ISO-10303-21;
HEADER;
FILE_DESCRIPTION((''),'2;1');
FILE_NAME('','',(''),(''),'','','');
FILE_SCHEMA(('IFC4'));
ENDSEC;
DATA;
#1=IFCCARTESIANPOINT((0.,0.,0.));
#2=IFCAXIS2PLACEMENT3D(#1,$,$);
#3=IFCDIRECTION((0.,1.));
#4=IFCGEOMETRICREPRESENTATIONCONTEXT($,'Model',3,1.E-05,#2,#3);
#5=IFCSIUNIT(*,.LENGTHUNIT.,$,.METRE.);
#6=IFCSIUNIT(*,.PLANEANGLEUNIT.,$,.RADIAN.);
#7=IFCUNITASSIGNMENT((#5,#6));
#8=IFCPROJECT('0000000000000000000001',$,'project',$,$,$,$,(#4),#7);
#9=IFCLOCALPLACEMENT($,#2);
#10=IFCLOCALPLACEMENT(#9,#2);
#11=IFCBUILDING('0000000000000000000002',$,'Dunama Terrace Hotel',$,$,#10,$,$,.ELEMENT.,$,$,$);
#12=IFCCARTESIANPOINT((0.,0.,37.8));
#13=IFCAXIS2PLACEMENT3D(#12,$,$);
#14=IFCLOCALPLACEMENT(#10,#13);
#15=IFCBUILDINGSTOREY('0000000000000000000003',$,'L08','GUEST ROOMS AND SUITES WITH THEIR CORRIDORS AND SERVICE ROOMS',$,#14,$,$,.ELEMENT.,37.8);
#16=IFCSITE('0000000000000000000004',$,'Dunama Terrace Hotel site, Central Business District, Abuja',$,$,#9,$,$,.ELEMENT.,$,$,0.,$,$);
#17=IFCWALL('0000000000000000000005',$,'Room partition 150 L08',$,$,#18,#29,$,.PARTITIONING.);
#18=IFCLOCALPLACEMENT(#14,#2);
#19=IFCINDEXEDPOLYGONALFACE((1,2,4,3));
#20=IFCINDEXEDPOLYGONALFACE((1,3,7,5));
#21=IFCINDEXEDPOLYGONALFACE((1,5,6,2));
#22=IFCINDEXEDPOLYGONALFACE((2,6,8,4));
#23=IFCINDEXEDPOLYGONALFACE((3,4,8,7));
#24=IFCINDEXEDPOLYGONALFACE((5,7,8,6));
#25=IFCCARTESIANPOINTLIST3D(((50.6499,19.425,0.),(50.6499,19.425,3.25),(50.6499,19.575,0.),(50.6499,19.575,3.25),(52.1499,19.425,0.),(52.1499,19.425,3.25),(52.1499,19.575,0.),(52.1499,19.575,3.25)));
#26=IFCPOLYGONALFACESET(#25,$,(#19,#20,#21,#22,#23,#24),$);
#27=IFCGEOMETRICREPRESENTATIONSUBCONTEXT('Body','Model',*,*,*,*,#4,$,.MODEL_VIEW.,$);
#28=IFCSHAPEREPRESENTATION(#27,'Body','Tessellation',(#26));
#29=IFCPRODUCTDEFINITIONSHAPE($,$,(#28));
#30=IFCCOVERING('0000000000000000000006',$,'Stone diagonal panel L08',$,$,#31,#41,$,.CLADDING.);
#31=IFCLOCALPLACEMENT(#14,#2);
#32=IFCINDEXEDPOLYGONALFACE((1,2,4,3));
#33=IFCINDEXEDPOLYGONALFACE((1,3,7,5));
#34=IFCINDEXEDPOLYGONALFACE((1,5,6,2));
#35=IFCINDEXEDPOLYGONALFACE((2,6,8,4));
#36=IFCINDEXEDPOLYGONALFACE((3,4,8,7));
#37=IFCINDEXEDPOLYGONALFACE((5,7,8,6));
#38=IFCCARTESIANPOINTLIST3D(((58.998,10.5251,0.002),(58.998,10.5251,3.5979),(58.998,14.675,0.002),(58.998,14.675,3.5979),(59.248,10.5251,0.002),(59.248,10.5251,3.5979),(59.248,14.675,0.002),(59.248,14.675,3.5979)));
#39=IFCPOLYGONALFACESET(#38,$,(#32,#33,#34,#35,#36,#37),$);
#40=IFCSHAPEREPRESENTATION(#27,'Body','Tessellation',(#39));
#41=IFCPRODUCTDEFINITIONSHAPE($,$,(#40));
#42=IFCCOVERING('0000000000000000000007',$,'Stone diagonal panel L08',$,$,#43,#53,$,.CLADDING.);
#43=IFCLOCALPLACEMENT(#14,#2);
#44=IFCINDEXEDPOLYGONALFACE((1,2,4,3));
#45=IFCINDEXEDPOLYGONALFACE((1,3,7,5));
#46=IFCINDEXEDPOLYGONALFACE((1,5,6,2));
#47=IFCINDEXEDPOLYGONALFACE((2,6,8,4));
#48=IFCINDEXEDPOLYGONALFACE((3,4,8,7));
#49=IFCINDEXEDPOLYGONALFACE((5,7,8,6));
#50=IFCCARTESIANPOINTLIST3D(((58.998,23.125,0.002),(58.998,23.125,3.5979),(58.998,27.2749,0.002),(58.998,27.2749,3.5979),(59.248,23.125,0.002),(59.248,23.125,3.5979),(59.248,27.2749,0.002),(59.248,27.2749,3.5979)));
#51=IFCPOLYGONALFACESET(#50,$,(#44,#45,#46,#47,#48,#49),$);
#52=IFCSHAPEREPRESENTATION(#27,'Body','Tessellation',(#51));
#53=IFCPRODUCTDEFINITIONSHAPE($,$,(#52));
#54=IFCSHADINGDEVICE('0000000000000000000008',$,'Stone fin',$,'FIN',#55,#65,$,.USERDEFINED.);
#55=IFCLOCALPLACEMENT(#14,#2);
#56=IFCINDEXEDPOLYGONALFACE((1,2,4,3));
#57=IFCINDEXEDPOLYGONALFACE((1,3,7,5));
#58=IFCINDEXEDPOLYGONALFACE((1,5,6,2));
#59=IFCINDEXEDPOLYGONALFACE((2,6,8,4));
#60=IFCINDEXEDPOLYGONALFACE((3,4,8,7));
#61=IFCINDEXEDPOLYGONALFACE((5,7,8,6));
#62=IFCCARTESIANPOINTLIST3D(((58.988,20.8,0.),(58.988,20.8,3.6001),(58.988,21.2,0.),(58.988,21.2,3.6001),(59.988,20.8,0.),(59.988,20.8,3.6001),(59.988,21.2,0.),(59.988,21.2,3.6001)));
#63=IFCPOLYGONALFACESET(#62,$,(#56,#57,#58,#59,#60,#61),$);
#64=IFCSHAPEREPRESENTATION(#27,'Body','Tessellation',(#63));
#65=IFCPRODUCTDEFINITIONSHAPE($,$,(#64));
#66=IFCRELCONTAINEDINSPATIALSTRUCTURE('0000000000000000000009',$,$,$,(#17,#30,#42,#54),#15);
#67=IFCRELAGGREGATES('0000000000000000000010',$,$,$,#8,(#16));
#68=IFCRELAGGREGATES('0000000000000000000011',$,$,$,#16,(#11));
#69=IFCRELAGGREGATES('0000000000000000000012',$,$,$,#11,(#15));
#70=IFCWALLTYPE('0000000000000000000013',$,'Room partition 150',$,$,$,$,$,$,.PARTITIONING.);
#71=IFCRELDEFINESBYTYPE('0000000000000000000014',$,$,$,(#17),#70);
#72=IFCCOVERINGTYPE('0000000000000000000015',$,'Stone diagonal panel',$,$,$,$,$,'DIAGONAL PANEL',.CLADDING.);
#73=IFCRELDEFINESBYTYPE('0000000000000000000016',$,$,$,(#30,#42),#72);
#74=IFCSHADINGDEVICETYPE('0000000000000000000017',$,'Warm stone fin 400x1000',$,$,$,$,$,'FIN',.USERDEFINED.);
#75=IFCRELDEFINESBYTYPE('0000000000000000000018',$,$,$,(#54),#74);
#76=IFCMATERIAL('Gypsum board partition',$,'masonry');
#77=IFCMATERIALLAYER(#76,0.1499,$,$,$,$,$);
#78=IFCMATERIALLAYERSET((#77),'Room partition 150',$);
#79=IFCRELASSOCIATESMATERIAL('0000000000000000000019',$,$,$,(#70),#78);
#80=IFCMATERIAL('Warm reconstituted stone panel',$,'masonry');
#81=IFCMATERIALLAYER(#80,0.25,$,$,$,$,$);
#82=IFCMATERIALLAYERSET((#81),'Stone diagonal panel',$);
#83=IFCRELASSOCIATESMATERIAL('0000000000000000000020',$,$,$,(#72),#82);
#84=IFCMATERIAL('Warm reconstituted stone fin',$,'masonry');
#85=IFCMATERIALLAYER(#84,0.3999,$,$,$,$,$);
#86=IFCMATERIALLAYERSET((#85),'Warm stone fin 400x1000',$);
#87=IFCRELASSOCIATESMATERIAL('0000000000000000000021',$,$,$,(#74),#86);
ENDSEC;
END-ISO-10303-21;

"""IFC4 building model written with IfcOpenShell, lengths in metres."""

from ifc_helpers import new_model, si_unit, direction, frame, frame_2d, origin, origin_2d, place, context, subcontext, project, spatial, rectangle, extrude, material, layer, layer_set, type_object, element, save


model = new_model("IFC4")

# Units and contexts
model_context = context("Model", 3, precision=1e-05, world=origin(), true_north=direction((0.0, 1.0)))
body_context = subcontext(model_context, "Body", "Model", "MODEL_VIEW")
ifc_project = project(units=[si_unit("LENGTHUNIT", "METRE"), si_unit("PLANEANGLEUNIT", "RADIAN")], contexts=[model_context])

# Site, building, storey
site_placement = place(None, origin())
site = spatial("IfcSite", under=ifc_project, at=site_placement, Name="Dunama Terrace Hotel site, Central Business District, Abuja", CompositionType="ELEMENT", RefElevation=0.0)
building_placement = place(site_placement, origin())
building = spatial("IfcBuilding", under=site, at=building_placement, Name="Dunama Terrace Hotel", CompositionType="ELEMENT")
storey_placement = place(building_placement, frame((0.0, 0.0, 37.8)))
storey = spatial("IfcBuildingStorey", under=building, at=storey_placement, Name="L08", Description="GUEST ROOMS AND SUITES WITH THEIR CORRIDORS AND SERVICE ROOMS", CompositionType="ELEMENT", Elevation=37.8)

# Shared definitions
ifc_material_1 = material(Name="Gypsum board partition", Category="masonry")
ifc_layer_1 = layer(ifc_material_1, 0.1499)
ifc_layer_set_1 = layer_set([ifc_layer_1], Name="Room partition 150")
wall_type_1 = type_object("IfcWallType", Name="Room partition 150", PredefinedType="PARTITIONING", material=ifc_layer_set_1)

# Wall
wall_1_placement = place(storey_placement, frame((50.6499, 19.5, 0.0), z_axis=(0.0, 0.0, 1.0), x_axis=(1.0, 0.0, 0.0)))
element("IfcWall", 1, at=wall_1_placement, inside=storey, type_object=wall_type_1, Name="Room partition 150 L08", PredefinedType="PARTITIONING", context=body_context, shape_type="SweptSolid", body=[
    extrude(rectangle(XDim=1.5, YDim=0.1499, at=frame_2d((0.75, 0.0))), origin(), (0.0, 0.0, 1.0), 3.25),
])

# Coverings
ifc_material_2 = material(Name="Warm reconstituted stone panel", Category="masonry")
ifc_layer_2 = layer(ifc_material_2, 0.25)
ifc_layer_set_2 = layer_set([ifc_layer_2], Name="Stone diagonal panel")
covering_type = type_object("IfcCoveringType", Name="Stone diagonal panel", ElementType="DIAGONAL PANEL", PredefinedType="CLADDING", material=ifc_layer_set_2)
for number, where, z_axis, x_axis, name in (
    (2, (59.123, 12.6001, 0.002), (0.0, 0.0, 1.0), (0.0, 1.0, 0.0), "Stone diagonal panel L08"),
    (3, (59.123, 25.2, 0.002), (0.0, 0.0, 1.0), (0.0, 1.0, 0.0), "Stone diagonal panel L08"),
):
    element("IfcCovering", number, at=place(storey_placement, frame(where, z_axis=z_axis, x_axis=x_axis)), inside=storey, type_object=covering_type, Name=name, PredefinedType="CLADDING", context=body_context, shape_type="SweptSolid", body=[
        extrude(rectangle(XDim=4.1499, YDim=0.25, at=origin_2d()), origin(), (0.0, 0.0, 1.0), 3.5959),
    ])

# Shading device
ifc_material_3 = material(Name="Warm reconstituted stone fin", Category="masonry")
ifc_layer_3 = layer(ifc_material_3, 0.3999)
ifc_layer_set_3 = layer_set([ifc_layer_3], Name="Warm stone fin 400x1000")
shading_device_type = type_object("IfcShadingDeviceType", Name="Warm stone fin 400x1000", ElementType="FIN", PredefinedType="USERDEFINED", material=ifc_layer_set_3)
shading_device_placement = place(storey_placement, frame((59.488, 21.0, 0.0), z_axis=(0.0, 0.0, 1.0), x_axis=(0.0, 1.0, 0.0)))
element("IfcShadingDevice", 4, at=shading_device_placement, inside=storey, type_object=shading_device_type, Name="Stone fin", ObjectType="FIN", PredefinedType="USERDEFINED", context=body_context, shape_type="SweptSolid", body=[
    extrude(rectangle(XDim=0.3999, YDim=1.0, at=origin_2d()), origin(), (0.0, 0.0, 1.0), 3.6001),
])

save(model, "model.ifc")
